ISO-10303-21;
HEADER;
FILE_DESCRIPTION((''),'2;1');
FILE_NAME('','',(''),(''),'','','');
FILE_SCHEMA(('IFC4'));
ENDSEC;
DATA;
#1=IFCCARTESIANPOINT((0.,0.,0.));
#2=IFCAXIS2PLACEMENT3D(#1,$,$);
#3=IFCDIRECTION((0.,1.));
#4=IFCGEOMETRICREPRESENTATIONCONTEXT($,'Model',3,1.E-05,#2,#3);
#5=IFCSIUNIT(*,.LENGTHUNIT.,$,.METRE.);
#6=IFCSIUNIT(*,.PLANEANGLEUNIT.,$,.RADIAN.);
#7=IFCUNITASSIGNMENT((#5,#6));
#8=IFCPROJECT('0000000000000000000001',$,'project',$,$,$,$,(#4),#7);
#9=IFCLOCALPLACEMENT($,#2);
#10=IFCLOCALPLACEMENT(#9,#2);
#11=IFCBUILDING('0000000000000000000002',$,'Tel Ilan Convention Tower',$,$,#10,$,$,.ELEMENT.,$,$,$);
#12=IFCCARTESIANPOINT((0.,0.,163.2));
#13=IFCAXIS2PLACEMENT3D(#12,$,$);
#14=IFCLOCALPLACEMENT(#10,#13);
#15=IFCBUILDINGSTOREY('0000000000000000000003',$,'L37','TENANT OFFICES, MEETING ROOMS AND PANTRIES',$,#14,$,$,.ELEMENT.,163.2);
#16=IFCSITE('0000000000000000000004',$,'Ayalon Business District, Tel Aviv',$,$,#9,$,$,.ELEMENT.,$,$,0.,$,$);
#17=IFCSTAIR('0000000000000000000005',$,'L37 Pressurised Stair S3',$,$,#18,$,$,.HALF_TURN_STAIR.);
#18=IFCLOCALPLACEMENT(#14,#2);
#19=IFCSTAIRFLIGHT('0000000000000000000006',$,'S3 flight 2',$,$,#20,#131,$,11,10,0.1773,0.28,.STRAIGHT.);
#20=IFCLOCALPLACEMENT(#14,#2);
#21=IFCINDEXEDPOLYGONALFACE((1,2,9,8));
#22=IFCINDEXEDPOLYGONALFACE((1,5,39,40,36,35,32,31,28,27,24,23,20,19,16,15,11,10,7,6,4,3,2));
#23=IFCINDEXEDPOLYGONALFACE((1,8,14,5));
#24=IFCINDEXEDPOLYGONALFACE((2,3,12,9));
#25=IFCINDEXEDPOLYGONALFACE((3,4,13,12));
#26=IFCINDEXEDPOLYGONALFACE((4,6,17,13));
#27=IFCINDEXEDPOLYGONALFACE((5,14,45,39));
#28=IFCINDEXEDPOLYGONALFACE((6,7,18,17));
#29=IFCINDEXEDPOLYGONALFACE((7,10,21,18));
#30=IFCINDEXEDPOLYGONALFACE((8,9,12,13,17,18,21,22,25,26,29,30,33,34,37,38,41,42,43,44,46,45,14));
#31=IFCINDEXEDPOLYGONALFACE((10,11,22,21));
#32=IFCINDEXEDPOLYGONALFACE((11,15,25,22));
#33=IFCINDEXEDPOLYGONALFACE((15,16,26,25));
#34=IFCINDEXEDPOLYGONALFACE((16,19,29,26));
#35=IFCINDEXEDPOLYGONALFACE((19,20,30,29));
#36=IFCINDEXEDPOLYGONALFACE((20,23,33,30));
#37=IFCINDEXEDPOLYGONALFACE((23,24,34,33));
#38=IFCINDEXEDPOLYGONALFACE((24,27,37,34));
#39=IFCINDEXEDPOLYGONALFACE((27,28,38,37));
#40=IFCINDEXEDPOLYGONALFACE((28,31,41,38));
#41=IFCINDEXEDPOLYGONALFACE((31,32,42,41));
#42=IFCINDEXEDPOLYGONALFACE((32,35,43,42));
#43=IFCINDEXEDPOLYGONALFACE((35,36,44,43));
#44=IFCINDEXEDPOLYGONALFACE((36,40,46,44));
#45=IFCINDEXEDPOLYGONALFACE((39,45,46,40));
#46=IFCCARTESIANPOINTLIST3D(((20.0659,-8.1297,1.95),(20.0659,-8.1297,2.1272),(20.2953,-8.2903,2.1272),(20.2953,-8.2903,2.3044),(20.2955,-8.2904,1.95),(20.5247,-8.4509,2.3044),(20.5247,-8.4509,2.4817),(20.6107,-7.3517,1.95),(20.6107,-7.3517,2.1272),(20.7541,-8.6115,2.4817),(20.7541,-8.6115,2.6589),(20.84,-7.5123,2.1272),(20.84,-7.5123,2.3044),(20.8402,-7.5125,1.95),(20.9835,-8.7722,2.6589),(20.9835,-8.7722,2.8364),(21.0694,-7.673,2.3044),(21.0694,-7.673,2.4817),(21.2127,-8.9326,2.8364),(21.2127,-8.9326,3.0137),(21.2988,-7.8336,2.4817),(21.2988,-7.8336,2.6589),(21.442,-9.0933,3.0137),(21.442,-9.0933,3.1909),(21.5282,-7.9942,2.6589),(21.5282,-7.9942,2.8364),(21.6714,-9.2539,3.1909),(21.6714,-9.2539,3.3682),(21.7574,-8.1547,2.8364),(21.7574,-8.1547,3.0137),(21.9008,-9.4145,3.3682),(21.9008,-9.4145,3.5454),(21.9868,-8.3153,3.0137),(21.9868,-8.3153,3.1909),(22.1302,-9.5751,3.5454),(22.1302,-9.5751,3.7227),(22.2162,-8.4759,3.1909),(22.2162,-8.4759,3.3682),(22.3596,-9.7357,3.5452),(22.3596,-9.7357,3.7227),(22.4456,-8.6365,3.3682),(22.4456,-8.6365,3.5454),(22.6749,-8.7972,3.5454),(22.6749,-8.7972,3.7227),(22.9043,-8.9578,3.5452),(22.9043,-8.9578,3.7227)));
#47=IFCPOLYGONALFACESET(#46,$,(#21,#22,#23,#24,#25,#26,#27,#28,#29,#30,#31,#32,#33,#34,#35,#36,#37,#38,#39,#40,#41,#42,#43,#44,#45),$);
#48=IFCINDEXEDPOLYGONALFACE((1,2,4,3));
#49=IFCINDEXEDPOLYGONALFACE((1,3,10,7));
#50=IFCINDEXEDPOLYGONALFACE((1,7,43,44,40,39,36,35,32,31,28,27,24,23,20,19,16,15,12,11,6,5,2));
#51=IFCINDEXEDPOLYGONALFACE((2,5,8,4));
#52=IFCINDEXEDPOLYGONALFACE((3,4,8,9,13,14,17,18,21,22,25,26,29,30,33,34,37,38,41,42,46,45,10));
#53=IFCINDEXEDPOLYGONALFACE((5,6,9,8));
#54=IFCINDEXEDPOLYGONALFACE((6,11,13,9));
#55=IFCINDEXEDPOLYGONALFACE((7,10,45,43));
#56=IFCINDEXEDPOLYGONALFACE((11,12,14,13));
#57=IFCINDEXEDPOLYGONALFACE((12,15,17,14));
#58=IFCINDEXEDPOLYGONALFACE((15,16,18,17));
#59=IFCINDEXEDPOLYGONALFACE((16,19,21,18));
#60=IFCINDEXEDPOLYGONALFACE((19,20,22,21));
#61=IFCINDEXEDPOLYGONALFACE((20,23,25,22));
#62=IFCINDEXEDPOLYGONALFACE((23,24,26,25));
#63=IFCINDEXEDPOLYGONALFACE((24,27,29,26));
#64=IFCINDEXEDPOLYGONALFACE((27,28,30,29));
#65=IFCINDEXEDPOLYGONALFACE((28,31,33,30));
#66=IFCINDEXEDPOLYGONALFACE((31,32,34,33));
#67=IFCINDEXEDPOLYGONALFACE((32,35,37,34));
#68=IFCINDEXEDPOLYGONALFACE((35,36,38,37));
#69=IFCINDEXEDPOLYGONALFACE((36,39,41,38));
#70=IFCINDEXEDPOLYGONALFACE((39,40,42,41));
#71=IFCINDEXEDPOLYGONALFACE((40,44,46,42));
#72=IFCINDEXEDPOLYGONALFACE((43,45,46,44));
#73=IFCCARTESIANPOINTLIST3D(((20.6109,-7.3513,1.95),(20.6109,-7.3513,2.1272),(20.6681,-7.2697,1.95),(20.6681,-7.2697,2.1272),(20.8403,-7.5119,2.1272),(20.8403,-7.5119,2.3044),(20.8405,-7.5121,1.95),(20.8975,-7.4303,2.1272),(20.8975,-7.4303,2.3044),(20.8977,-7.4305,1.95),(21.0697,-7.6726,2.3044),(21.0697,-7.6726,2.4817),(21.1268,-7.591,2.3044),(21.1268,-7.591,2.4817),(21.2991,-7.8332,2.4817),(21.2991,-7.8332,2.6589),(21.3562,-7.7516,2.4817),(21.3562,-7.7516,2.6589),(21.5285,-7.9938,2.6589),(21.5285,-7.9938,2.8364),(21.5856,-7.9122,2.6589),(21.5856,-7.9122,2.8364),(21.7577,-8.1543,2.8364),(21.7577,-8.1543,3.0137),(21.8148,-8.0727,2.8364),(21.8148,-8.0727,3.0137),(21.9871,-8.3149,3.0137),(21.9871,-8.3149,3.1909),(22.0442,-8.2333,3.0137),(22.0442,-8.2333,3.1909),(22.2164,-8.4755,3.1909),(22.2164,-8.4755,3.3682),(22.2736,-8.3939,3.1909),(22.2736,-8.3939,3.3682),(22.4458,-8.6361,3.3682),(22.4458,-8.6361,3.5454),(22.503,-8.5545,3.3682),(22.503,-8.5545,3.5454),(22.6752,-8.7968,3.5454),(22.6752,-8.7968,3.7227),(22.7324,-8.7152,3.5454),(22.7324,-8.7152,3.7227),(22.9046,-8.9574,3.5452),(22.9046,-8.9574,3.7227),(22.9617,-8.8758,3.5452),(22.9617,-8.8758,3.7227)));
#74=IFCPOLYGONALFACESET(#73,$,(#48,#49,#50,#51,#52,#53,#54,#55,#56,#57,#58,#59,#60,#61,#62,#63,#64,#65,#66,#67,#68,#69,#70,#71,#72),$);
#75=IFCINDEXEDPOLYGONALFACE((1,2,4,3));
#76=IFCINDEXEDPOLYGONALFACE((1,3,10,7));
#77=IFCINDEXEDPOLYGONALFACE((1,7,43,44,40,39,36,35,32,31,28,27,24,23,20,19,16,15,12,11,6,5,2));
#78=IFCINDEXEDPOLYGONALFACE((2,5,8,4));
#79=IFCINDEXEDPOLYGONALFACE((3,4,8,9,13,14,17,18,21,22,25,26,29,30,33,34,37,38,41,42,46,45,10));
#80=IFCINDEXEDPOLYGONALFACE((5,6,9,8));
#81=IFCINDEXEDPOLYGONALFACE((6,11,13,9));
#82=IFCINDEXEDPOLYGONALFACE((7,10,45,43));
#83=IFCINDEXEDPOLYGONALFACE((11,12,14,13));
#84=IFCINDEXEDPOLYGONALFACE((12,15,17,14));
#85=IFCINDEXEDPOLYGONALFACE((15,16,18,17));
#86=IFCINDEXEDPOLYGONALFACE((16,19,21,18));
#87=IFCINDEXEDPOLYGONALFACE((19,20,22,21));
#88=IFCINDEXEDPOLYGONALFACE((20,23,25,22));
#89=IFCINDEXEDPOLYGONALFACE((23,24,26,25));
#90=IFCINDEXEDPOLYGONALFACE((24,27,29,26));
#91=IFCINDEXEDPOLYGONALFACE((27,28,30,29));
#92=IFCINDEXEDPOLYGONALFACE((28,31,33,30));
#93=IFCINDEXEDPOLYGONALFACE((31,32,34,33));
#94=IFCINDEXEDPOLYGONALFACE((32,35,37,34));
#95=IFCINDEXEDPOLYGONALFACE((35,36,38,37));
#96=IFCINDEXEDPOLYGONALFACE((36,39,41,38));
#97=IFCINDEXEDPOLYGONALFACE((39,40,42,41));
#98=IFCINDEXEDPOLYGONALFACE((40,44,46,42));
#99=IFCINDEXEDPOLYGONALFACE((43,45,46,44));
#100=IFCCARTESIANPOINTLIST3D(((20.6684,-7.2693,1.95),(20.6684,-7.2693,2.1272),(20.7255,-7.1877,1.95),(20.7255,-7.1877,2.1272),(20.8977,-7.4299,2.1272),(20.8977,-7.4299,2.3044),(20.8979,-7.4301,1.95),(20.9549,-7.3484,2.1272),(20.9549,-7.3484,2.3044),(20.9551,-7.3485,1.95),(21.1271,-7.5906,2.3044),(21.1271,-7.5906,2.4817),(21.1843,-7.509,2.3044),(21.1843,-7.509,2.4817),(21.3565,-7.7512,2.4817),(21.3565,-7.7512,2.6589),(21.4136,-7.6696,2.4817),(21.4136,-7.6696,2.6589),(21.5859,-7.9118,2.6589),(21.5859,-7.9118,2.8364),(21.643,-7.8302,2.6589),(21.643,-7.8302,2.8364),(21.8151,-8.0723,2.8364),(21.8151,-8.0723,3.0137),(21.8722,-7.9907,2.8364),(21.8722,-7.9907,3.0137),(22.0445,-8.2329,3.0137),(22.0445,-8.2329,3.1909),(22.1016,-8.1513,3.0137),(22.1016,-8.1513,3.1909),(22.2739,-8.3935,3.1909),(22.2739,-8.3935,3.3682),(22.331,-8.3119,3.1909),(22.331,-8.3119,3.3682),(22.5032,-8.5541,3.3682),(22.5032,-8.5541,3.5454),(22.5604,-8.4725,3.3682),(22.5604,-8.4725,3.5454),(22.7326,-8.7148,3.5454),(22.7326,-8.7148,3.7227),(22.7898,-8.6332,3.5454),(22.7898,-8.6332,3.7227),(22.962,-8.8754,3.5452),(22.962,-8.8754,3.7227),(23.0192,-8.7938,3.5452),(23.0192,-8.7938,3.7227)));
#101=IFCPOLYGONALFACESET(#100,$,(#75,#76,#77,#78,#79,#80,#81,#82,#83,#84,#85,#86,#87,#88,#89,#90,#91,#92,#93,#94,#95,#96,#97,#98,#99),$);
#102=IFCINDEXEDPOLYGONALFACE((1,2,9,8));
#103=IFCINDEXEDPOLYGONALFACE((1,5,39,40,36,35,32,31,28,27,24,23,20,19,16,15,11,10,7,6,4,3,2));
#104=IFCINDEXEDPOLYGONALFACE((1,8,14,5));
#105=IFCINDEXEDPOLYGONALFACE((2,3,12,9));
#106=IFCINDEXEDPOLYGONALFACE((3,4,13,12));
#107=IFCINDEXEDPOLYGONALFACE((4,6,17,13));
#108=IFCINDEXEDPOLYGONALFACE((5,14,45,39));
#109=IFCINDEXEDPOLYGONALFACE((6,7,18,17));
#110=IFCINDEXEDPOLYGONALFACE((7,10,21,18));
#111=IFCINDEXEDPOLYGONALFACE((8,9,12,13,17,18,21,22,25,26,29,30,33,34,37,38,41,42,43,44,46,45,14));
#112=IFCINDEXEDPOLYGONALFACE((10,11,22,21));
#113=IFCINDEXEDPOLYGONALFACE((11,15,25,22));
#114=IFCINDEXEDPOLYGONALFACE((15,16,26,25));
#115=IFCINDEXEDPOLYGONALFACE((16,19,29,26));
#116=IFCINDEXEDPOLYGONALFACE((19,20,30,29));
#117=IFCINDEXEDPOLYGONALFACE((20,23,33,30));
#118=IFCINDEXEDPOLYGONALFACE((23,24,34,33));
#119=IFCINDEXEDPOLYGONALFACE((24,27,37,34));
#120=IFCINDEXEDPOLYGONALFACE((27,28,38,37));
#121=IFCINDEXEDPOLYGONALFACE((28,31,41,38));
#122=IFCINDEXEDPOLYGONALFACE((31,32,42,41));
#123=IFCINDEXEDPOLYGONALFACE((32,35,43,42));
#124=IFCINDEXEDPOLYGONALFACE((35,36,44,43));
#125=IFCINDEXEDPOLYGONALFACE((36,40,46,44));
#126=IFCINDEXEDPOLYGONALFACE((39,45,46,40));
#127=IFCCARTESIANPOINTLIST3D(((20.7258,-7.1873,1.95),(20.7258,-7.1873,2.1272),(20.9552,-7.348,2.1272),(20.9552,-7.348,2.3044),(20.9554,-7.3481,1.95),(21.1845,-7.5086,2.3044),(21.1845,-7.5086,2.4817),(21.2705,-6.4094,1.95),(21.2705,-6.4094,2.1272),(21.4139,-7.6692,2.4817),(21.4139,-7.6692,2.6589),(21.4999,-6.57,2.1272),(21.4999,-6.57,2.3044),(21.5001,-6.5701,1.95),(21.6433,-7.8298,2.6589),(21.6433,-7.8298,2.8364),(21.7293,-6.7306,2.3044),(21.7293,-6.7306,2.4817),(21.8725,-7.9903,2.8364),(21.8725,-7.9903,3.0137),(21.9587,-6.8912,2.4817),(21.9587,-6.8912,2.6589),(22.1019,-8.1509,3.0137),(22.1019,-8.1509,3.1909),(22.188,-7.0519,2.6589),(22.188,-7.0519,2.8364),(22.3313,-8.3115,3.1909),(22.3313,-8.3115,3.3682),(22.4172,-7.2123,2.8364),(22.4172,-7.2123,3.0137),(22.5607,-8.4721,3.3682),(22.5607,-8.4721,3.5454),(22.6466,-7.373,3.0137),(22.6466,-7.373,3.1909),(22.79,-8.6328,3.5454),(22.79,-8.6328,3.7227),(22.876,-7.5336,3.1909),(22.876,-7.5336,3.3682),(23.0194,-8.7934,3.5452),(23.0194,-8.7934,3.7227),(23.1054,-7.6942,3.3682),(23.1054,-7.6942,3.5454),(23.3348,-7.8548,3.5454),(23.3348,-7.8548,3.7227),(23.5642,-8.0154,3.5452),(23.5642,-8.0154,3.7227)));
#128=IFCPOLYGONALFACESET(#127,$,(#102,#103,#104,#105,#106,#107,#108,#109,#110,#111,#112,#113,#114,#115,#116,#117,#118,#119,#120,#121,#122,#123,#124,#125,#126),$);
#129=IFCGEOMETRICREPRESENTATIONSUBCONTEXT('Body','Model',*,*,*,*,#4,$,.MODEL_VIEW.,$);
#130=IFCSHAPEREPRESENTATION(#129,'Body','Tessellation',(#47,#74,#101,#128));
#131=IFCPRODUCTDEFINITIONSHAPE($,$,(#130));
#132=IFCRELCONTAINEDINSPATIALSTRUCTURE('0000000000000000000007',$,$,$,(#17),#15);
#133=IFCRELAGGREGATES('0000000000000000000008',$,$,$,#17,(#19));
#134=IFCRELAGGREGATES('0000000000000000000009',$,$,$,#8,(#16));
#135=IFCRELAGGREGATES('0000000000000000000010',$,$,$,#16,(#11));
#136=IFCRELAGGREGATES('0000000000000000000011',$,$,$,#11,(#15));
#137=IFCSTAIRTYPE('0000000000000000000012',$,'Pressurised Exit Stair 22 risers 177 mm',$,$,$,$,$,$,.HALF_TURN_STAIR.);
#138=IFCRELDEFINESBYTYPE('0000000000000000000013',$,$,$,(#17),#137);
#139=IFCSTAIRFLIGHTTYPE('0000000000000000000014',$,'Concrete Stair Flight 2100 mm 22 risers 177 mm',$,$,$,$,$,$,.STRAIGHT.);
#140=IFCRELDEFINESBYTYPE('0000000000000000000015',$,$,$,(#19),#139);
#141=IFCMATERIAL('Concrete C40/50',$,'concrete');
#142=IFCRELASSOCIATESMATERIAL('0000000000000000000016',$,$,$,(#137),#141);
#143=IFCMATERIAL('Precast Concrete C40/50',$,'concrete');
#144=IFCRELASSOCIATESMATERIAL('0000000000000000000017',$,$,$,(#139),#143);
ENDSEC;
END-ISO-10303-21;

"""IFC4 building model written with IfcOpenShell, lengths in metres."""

from ifc_helpers import new_model, si_unit, direction, frame, origin, place, context, subcontext, project, spatial, polyline, outline, extrude, material, type_object, element, aggregate, save


model = new_model("IFC4")

# Units and contexts
model_context = context("Model", 3, precision=1e-05, world=origin(), true_north=direction((0.0, 1.0)))
body_context = subcontext(model_context, "Body", "Model", "MODEL_VIEW")
ifc_project = project(units=[si_unit("LENGTHUNIT", "METRE"), si_unit("PLANEANGLEUNIT", "RADIAN")], contexts=[model_context])

# Site, building, storey
site_placement = place(None, origin())
site = spatial("IfcSite", under=ifc_project, at=site_placement, Name="Ayalon Business District, Tel Aviv", CompositionType="ELEMENT", RefElevation=0.0)
building_placement = place(site_placement, origin())
building = spatial("IfcBuilding", under=site, at=building_placement, Name="Tel Ilan Convention Tower", CompositionType="ELEMENT")
storey_placement = place(building_placement, frame((0.0, 0.0, 163.2)))
storey = spatial("IfcBuildingStorey", under=building, at=storey_placement, Name="L37", Description="TENANT OFFICES, MEETING ROOMS AND PANTRIES", CompositionType="ELEMENT", Elevation=163.2)

# Stair, stair flight
ifc_material_1 = material(Name="Concrete C40/50", Category="concrete")
stair_type = type_object("IfcStairType", Name="Pressurised Exit Stair 22 risers 177 mm", PredefinedType="HALF_TURN_STAIR", material=ifc_material_1)
stair_1_placement = place(storey_placement, origin())
stair_1 = element("IfcStair", 1, at=stair_1_placement, inside=storey, type_object=stair_type, Name="L37 Pressurised Stair S3", PredefinedType="HALF_TURN_STAIR")
ifc_material_2 = material(Name="Precast Concrete C40/50", Category="concrete")
stair_flight_type = type_object("IfcStairFlightType", Name="Concrete Stair Flight 2100 mm 22 risers 177 mm", PredefinedType="STRAIGHT", material=ifc_material_2)
stair_flight_1_placement = place(storey_placement, frame((20.6682, -7.2695, 1.95), z_axis=(0.0, 0.0, 1.0), x_axis=(0.819152, -0.573576, 0.0)))
stair_flight_1 = element("IfcStairFlight", 2, at=stair_flight_1_placement, type_object=stair_flight_type, Name="S3 flight 2", NumberOfRisers=11, NumberOfTreads=10, PredefinedType="STRAIGHT", RiserHeight=0.1773, TreadLength=0.28, context=body_context, shape_type="SweptSolid", body=[
    extrude(outline(polyline([(0.0, 0.0), (0.0, 0.1772), (0.28, 0.1772), (0.28, 0.3545), (0.5601, 0.3545), (0.5601, 0.5317), (0.8401, 0.5317), (0.8401, 0.709), (1.1201, 0.709), (1.1201, 0.8865), (1.3999, 0.8865), (1.3999, 1.0637), (1.6799, 1.0637), (1.6799, 1.241), (1.96, 1.241), (1.96, 1.4182), (2.24, 1.4182), (2.24, 1.5955), (2.52, 1.5955), (2.52, 1.7727), (2.8, 1.7727), (2.8, 1.95), (2.8, 1.5952), (0.2803, 0.0), (0.0, 0.0)])), frame((0.0, -0.1003, 0.0), z_axis=(0.0, -1.0, 0.0), x_axis=(1.0, 0.0, 0.0)), (0.0, 0.0, 1.0), 0.9497),
    extrude(outline(polyline([(0.0, 0.0), (0.0, 0.1772), (0.28, 0.1772), (0.28, 0.3545), (0.5601, 0.3545), (0.5601, 0.5317), (0.8401, 0.5317), (0.8401, 0.709), (1.1201, 0.709), (1.1201, 0.8865), (1.3999, 0.8865), (1.3999, 1.0637), (1.6799, 1.0637), (1.6799, 1.241), (1.96, 1.241), (1.96, 1.4182), (2.24, 1.4182), (2.24, 1.5955), (2.52, 1.5955), (2.52, 1.7727), (2.8, 1.7727), (2.8, 1.95), (2.8, 1.5952), (0.2803, 0.0), (0.0, 0.0)])), frame((0.0, -0.0002, 0.0), z_axis=(0.0, -1.0, 0.0), x_axis=(1.0, 0.0, 0.0)), (0.0, 0.0, 1.0), 0.0996),
    extrude(outline(polyline([(0.0, 0.0), (0.0, 0.1772), (0.28, 0.1772), (0.28, 0.3545), (0.5601, 0.3545), (0.5601, 0.5317), (0.8401, 0.5317), (0.8401, 0.709), (1.1201, 0.709), (1.1201, 0.8865), (1.3999, 0.8865), (1.3999, 1.0637), (1.6799, 1.0637), (1.6799, 1.241), (1.96, 1.241), (1.96, 1.4182), (2.24, 1.4182), (2.24, 1.5955), (2.52, 1.5955), (2.52, 1.7727), (2.8, 1.7727), (2.8, 1.95), (2.8, 1.5952), (0.2803, 0.0), (0.0, 0.0)])), frame((0.0, 0.0999, 0.0), z_axis=(0.0, -1.0, 0.0), x_axis=(1.0, 0.0, 0.0)), (0.0, 0.0, 1.0), 0.0996),
    extrude(outline(polyline([(0.0, 0.0), (0.0, 0.1772), (0.28, 0.1772), (0.28, 0.3545), (0.5601, 0.3545), (0.5601, 0.5317), (0.8401, 0.5317), (0.8401, 0.709), (1.1201, 0.709), (1.1201, 0.8865), (1.3999, 0.8865), (1.3999, 1.0637), (1.6799, 1.0637), (1.6799, 1.241), (1.96, 1.241), (1.96, 1.4182), (2.24, 1.4182), (2.24, 1.5955), (2.52, 1.5955), (2.52, 1.7727), (2.8, 1.7727), (2.8, 1.95), (2.8, 1.5952), (0.2803, 0.0), (0.0, 0.0)])), frame((0.0, 1.05, 0.0), z_axis=(0.0, -1.0, 0.0), x_axis=(1.0, 0.0, 0.0)), (0.0, 0.0, 1.0), 0.9497),
])
aggregate(stair_1, [stair_flight_1])

save(model, "model.ifc")
